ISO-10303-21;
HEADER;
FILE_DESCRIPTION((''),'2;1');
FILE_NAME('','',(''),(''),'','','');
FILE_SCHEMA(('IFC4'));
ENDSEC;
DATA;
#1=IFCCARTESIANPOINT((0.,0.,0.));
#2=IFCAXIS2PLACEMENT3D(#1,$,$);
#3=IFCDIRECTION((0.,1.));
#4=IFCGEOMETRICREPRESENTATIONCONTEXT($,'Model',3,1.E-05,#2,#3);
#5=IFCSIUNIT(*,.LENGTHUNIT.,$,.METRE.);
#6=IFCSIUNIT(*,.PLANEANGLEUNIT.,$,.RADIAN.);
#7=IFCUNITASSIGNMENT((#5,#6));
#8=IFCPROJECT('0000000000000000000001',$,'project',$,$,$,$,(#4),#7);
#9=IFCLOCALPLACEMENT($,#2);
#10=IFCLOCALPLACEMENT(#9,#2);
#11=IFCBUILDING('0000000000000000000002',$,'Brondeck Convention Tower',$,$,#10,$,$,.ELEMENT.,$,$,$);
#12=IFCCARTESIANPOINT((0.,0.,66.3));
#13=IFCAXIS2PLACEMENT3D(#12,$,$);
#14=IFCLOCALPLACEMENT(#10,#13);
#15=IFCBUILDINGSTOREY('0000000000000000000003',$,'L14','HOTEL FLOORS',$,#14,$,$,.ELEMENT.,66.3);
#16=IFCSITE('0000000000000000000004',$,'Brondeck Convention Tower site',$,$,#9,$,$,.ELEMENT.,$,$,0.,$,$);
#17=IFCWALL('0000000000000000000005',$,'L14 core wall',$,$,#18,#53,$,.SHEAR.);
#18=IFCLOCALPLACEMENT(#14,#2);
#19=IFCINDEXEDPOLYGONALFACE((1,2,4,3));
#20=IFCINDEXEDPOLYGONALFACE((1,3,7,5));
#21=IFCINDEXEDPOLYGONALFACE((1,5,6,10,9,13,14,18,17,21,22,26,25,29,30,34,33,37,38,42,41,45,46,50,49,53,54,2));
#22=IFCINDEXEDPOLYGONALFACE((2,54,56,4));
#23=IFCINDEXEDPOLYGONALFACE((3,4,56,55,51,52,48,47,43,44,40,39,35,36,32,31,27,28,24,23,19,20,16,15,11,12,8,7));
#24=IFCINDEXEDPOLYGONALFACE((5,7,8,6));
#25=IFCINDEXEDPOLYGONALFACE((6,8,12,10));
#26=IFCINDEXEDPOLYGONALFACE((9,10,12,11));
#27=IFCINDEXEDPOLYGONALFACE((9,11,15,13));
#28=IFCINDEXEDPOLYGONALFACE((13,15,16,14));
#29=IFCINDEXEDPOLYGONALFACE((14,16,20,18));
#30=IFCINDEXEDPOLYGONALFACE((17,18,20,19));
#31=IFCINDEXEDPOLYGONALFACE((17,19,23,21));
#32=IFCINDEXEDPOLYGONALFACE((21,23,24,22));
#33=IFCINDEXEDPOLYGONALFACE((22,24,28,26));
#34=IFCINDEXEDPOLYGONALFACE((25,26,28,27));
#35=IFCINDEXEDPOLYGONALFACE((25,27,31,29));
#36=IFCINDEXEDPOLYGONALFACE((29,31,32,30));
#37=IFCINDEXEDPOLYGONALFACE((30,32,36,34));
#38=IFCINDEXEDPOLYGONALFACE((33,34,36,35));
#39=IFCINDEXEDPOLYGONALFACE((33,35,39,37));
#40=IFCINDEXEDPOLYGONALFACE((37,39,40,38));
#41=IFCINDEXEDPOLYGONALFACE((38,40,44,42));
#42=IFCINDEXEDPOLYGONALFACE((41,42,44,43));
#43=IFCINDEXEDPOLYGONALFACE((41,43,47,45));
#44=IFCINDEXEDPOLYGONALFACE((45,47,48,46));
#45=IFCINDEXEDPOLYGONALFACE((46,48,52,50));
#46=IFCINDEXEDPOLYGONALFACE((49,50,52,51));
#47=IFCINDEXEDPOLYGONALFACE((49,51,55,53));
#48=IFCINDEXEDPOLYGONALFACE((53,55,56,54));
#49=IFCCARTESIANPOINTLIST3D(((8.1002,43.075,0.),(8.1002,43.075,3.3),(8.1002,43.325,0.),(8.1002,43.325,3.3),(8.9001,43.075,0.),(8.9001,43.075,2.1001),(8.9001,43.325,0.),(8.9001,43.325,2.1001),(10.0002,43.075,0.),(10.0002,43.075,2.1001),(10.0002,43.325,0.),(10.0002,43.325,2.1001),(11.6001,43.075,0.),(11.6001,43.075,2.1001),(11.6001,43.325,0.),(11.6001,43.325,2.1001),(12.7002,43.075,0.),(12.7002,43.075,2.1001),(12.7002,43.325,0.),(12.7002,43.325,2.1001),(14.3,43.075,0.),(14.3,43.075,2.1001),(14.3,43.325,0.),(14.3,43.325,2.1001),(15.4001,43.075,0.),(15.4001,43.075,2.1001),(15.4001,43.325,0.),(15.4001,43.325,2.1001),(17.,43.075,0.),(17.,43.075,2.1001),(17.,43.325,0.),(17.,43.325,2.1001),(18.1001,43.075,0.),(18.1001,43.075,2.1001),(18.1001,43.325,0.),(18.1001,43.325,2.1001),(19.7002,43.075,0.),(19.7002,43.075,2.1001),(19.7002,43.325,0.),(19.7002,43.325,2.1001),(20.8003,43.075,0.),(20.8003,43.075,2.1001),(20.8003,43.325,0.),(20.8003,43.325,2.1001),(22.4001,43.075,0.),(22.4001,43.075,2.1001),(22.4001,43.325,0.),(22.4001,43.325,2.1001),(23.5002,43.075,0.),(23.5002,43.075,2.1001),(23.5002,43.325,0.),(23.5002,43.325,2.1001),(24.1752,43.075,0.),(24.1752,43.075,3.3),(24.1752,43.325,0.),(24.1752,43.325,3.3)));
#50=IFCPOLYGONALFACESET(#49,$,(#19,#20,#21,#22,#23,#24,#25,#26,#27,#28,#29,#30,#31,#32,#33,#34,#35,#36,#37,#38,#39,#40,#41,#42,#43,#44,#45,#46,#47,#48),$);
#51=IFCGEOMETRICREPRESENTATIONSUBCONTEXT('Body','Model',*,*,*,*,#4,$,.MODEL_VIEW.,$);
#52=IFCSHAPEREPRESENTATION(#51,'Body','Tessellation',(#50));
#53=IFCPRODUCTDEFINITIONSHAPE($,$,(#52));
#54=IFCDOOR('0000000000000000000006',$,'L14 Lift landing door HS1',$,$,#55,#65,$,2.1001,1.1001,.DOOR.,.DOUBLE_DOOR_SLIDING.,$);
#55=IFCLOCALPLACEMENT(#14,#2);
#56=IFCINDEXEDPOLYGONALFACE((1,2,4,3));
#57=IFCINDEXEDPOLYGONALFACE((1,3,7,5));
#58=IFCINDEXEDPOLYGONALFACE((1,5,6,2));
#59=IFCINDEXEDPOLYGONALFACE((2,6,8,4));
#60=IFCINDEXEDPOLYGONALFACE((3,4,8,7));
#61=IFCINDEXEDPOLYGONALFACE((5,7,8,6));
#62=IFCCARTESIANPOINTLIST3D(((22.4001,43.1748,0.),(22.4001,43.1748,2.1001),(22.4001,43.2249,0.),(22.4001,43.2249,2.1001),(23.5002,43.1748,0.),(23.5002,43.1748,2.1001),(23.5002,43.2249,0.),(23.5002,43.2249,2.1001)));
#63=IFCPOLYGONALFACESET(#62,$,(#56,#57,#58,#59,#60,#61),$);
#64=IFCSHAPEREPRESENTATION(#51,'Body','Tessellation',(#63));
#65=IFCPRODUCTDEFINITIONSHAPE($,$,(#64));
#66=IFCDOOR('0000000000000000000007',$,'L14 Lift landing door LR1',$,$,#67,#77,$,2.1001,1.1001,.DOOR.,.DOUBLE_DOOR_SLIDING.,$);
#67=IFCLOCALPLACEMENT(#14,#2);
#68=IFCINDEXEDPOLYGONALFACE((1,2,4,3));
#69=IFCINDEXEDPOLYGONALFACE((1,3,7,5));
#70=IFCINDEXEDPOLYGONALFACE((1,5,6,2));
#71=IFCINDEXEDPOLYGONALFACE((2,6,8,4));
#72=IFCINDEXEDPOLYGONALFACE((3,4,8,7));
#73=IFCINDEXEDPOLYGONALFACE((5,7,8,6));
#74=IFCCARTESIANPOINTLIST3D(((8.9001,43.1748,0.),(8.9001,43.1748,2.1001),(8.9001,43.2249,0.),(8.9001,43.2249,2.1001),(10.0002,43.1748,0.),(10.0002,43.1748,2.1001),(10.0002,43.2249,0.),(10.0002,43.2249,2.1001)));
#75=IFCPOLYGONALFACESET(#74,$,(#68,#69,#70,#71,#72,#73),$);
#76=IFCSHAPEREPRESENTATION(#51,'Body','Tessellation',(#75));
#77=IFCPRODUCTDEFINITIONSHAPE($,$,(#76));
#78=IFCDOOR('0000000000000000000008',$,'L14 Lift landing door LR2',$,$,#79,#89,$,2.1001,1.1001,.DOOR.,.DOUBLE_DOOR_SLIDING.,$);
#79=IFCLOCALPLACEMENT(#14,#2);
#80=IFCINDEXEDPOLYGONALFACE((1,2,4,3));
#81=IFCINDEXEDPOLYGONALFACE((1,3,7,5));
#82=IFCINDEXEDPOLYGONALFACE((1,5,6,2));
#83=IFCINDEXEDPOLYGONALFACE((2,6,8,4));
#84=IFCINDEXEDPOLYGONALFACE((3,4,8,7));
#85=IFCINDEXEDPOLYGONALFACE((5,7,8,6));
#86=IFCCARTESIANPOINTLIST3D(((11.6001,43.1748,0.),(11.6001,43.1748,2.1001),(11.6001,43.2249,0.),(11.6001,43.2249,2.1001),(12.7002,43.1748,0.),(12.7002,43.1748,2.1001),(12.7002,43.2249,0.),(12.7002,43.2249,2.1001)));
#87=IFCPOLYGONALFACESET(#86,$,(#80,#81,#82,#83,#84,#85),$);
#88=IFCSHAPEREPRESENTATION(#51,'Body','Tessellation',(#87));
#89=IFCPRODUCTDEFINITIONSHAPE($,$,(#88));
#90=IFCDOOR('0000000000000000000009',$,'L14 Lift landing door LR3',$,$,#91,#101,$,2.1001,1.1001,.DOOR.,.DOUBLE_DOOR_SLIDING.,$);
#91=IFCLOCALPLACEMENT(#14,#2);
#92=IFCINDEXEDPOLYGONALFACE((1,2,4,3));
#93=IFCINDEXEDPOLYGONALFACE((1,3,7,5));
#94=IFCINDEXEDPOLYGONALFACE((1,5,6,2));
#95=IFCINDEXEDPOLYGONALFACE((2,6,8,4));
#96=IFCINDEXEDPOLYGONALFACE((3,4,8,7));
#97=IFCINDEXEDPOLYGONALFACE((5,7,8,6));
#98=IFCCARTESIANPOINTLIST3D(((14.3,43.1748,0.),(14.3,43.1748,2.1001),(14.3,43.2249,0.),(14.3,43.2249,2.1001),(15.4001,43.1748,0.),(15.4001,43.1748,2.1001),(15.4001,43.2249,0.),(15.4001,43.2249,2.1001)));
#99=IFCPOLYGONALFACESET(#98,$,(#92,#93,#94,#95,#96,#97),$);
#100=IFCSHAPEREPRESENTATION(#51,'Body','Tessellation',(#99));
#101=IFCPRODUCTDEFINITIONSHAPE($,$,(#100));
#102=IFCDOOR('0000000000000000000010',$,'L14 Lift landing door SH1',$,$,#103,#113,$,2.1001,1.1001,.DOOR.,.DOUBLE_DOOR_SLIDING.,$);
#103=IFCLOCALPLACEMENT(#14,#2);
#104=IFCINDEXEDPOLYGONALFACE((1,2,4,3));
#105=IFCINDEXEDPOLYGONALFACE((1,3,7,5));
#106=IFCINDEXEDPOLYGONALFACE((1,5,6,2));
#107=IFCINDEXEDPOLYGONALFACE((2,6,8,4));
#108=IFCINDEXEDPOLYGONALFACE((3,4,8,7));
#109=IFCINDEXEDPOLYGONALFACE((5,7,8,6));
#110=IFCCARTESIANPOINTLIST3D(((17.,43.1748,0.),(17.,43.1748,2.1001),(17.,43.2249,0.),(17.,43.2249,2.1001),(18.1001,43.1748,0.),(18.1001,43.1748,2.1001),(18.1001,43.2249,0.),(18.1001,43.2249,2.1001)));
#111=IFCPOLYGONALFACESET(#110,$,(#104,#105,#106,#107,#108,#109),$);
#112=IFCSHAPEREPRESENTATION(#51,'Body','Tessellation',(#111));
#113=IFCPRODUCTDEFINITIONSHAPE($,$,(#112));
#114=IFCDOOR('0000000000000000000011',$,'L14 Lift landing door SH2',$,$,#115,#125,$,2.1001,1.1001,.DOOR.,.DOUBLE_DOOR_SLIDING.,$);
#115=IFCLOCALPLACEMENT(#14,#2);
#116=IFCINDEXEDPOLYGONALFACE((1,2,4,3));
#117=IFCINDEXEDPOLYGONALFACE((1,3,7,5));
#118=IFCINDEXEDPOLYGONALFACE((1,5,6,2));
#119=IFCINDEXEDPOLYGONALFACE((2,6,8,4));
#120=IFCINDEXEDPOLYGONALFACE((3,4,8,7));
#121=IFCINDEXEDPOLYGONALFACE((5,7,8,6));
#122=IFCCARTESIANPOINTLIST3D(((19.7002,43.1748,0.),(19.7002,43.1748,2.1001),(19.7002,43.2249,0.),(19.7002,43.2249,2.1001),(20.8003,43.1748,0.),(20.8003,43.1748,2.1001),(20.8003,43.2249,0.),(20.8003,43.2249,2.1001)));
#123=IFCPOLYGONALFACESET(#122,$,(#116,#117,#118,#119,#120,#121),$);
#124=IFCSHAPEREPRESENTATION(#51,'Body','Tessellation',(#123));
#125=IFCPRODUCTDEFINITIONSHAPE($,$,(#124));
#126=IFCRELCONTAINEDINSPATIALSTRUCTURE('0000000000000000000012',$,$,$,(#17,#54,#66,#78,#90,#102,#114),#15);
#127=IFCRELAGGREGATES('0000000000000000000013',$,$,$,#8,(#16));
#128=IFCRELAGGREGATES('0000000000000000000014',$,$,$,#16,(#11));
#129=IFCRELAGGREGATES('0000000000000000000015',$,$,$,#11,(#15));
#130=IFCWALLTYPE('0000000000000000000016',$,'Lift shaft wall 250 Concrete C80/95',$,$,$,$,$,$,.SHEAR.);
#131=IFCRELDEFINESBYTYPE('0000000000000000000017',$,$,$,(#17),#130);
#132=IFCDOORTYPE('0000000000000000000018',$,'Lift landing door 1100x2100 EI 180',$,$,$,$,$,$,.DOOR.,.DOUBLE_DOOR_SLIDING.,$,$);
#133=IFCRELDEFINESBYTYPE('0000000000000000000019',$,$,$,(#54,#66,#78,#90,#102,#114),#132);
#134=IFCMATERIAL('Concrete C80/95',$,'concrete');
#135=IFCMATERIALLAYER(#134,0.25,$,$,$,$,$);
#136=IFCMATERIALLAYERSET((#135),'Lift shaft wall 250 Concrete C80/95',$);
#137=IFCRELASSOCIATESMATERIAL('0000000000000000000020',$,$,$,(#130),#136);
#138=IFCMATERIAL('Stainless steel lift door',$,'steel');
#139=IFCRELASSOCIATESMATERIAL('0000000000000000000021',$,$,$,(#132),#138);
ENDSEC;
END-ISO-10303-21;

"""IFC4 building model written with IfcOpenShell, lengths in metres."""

from ifc_helpers import new_model, si_unit, direction, frame, frame_2d, origin, place, context, subcontext, project, spatial, rectangle, extrude, material, layer, layer_set, type_object, element, fill, save


model = new_model("IFC4")

# Units and contexts
model_context = context("Model", 3, precision=1e-05, world=origin(), true_north=direction((0.0, 1.0)))
body_context = subcontext(model_context, "Body", "Model", "MODEL_VIEW")
ifc_project = project(units=[si_unit("LENGTHUNIT", "METRE"), si_unit("PLANEANGLEUNIT", "RADIAN")], contexts=[model_context])

# Site, building, storey
site_placement = place(None, origin())
site = spatial("IfcSite", under=ifc_project, at=site_placement, Name="Brondeck Convention Tower site", CompositionType="ELEMENT", RefElevation=0.0)
building_placement = place(site_placement, origin())
building = spatial("IfcBuilding", under=site, at=building_placement, Name="Brondeck Convention Tower", CompositionType="ELEMENT")
storey_placement = place(building_placement, frame((0.0, 0.0, 66.3)))
storey = spatial("IfcBuildingStorey", under=building, at=storey_placement, Name="L14", Description="HOTEL FLOORS", CompositionType="ELEMENT", Elevation=66.3)

# Shared definitions
ifc_material_1 = material(Name="Concrete C80/95", Category="concrete")

# Wall, openings, doors
ifc_layer_1 = layer(ifc_material_1, 0.25)
ifc_layer_set_1 = layer_set([ifc_layer_1], Name="Lift shaft wall 250 Concrete C80/95")
wall_type_1 = type_object("IfcWallType", Name="Lift shaft wall 250 Concrete C80/95", PredefinedType="SHEAR", material=ifc_layer_set_1)
wall_1_placement = place(storey_placement, frame((8.1001, 43.2, 0.0), z_axis=(0.0, 0.0, 1.0), x_axis=(1.0, 0.0, 0.0)))
wall_1 = element("IfcWall", 1, at=wall_1_placement, inside=storey, type_object=wall_type_1, Name="L14 core wall", PredefinedType="SHEAR", context=body_context, shape_type="SweptSolid", body=[
    extrude(rectangle(XDim=16.075, YDim=0.25, at=frame_2d((8.0376, 0.0))), origin(), (0.0, 0.0, 1.0), 3.3),
])
opening_1_placement = place(wall_1_placement, frame((14.3, 0.0, 0.0)))
opening_1 = element("IfcOpeningElement", 2, at=opening_1_placement, cuts=wall_1, PredefinedType="OPENING", context=body_context, shape_type="SweptSolid", body=[
    extrude(rectangle(XDim=1.1001, YDim=2.1001, at=frame_2d((0.55, 1.05))), frame((0.0, 0.135, 0.0), z_axis=(0.0, -1.0, 0.0), x_axis=(1.0, 0.0, 0.0)), (0.0, 0.0, 1.0), 0.27),
])
opening_2_placement = place(wall_1_placement, frame((0.8, 0.0, 0.0)))
opening_2 = element("IfcOpeningElement", 3, at=opening_2_placement, cuts=wall_1, PredefinedType="OPENING", context=body_context, shape_type="SweptSolid", body=[
    extrude(rectangle(XDim=1.1001, YDim=2.1001, at=frame_2d((0.55, 1.05))), frame((0.0, 0.135, 0.0), z_axis=(0.0, -1.0, 0.0), x_axis=(1.0, 0.0, 0.0)), (0.0, 0.0, 1.0), 0.27),
])
opening_3_placement = place(wall_1_placement, frame((3.5, 0.0, 0.0)))
opening_3 = element("IfcOpeningElement", 4, at=opening_3_placement, cuts=wall_1, PredefinedType="OPENING", context=body_context, shape_type="SweptSolid", body=[
    extrude(rectangle(XDim=1.1001, YDim=2.1001, at=frame_2d((0.55, 1.05))), frame((0.0, 0.135, 0.0), z_axis=(0.0, -1.0, 0.0), x_axis=(1.0, 0.0, 0.0)), (0.0, 0.0, 1.0), 0.27),
])
opening_4_placement = place(wall_1_placement, frame((6.2, 0.0, 0.0)))
opening_4 = element("IfcOpeningElement", 5, at=opening_4_placement, cuts=wall_1, PredefinedType="OPENING", context=body_context, shape_type="SweptSolid", body=[
    extrude(rectangle(XDim=1.1001, YDim=2.1001, at=frame_2d((0.55, 1.05))), frame((0.0, 0.135, 0.0), z_axis=(0.0, -1.0, 0.0), x_axis=(1.0, 0.0, 0.0)), (0.0, 0.0, 1.0), 0.27),
])
opening_5_placement = place(wall_1_placement, frame((8.8999, 0.0, 0.0)))
opening_5 = element("IfcOpeningElement", 6, at=opening_5_placement, cuts=wall_1, PredefinedType="OPENING", context=body_context, shape_type="SweptSolid", body=[
    extrude(rectangle(XDim=1.1001, YDim=2.1001, at=frame_2d((0.55, 1.05))), frame((0.0, 0.135, 0.0), z_axis=(0.0, -1.0, 0.0), x_axis=(1.0, 0.0, 0.0)), (0.0, 0.0, 1.0), 0.27),
])
opening_6_placement = place(wall_1_placement, frame((11.6001, 0.0, 0.0)))
opening_6 = element("IfcOpeningElement", 7, at=opening_6_placement, cuts=wall_1, PredefinedType="OPENING", context=body_context, shape_type="SweptSolid", body=[
    extrude(rectangle(XDim=1.1001, YDim=2.1001, at=frame_2d((0.55, 1.05))), frame((0.0, 0.135, 0.0), z_axis=(0.0, -1.0, 0.0), x_axis=(1.0, 0.0, 0.0)), (0.0, 0.0, 1.0), 0.27),
])
ifc_material_2 = material(Name="Stainless steel lift door", Category="steel")
door_type_1 = type_object("IfcDoorType", Name="Lift landing door 1100x2100 EI 180", OperationType="DOUBLE_DOOR_SLIDING", PredefinedType="DOOR", material=ifc_material_2)
door_1_placement = place(opening_1_placement, origin())
door_1 = element("IfcDoor", 8, at=door_1_placement, inside=storey, type_object=door_type_1, Name="L14 Lift landing door HS1", OperationType="DOUBLE_DOOR_SLIDING", OverallHeight=2.1001, OverallWidth=1.1001, PredefinedType="DOOR", context=body_context, shape_type="SweptSolid", body=[
    extrude(rectangle(XDim=1.1001, YDim=2.1001, at=frame_2d((0.55, 1.05))), frame((0.0, 0.0249, 0.0), z_axis=(0.0, -1.0, 0.0), x_axis=(1.0, 0.0, 0.0)), (0.0, 0.0, 1.0), 0.05),
])
fill(opening_1, door_1)
door_2_placement = place(opening_2_placement, origin())
door_2 = element("IfcDoor", 9, at=door_2_placement, inside=storey, type_object=door_type_1, Name="L14 Lift landing door LR1", OperationType="DOUBLE_DOOR_SLIDING", OverallHeight=2.1001, OverallWidth=1.1001, PredefinedType="DOOR", context=body_context, shape_type="SweptSolid", body=[
    extrude(rectangle(XDim=1.1001, YDim=2.1001, at=frame_2d((0.55, 1.05))), frame((0.0, 0.0249, 0.0), z_axis=(0.0, -1.0, 0.0), x_axis=(1.0, 0.0, 0.0)), (0.0, 0.0, 1.0), 0.05),
])
fill(opening_2, door_2)
door_3_placement = place(opening_3_placement, origin())
door_3 = element("IfcDoor", 10, at=door_3_placement, inside=storey, type_object=door_type_1, Name="L14 Lift landing door LR2", OperationType="DOUBLE_DOOR_SLIDING", OverallHeight=2.1001, OverallWidth=1.1001, PredefinedType="DOOR", context=body_context, shape_type="SweptSolid", body=[
    extrude(rectangle(XDim=1.1001, YDim=2.1001, at=frame_2d((0.55, 1.05))), frame((0.0, 0.0249, 0.0), z_axis=(0.0, -1.0, 0.0), x_axis=(1.0, 0.0, 0.0)), (0.0, 0.0, 1.0), 0.05),
])
fill(opening_3, door_3)
door_4_placement = place(opening_4_placement, origin())
door_4 = element("IfcDoor", 11, at=door_4_placement, inside=storey, type_object=door_type_1, Name="L14 Lift landing door LR3", OperationType="DOUBLE_DOOR_SLIDING", OverallHeight=2.1001, OverallWidth=1.1001, PredefinedType="DOOR", context=body_context, shape_type="SweptSolid", body=[
    extrude(rectangle(XDim=1.1001, YDim=2.1001, at=frame_2d((0.55, 1.05))), frame((0.0, 0.0249, 0.0), z_axis=(0.0, -1.0, 0.0), x_axis=(1.0, 0.0, 0.0)), (0.0, 0.0, 1.0), 0.05),
])
fill(opening_4, door_4)
door_5_placement = place(opening_5_placement, origin())
door_5 = element("IfcDoor", 12, at=door_5_placement, inside=storey, type_object=door_type_1, Name="L14 Lift landing door SH1", OperationType="DOUBLE_DOOR_SLIDING", OverallHeight=2.1001, OverallWidth=1.1001, PredefinedType="DOOR", context=body_context, shape_type="SweptSolid", body=[
    extrude(rectangle(XDim=1.1001, YDim=2.1001, at=frame_2d((0.55, 1.05))), frame((0.0, 0.0249, 0.0), z_axis=(0.0, -1.0, 0.0), x_axis=(1.0, 0.0, 0.0)), (0.0, 0.0, 1.0), 0.05),
])
fill(opening_5, door_5)
door_6_placement = place(opening_6_placement, origin())
door_6 = element("IfcDoor", 13, at=door_6_placement, inside=storey, type_object=door_type_1, Name="L14 Lift landing door SH2", OperationType="DOUBLE_DOOR_SLIDING", OverallHeight=2.1001, OverallWidth=1.1001, PredefinedType="DOOR", context=body_context, shape_type="SweptSolid", body=[
    extrude(rectangle(XDim=1.1001, YDim=2.1001, at=frame_2d((0.55, 1.05))), frame((0.0, 0.0249, 0.0), z_axis=(0.0, -1.0, 0.0), x_axis=(1.0, 0.0, 0.0)), (0.0, 0.0, 1.0), 0.05),
])
fill(opening_6, door_6)

save(model, "model.ifc")
